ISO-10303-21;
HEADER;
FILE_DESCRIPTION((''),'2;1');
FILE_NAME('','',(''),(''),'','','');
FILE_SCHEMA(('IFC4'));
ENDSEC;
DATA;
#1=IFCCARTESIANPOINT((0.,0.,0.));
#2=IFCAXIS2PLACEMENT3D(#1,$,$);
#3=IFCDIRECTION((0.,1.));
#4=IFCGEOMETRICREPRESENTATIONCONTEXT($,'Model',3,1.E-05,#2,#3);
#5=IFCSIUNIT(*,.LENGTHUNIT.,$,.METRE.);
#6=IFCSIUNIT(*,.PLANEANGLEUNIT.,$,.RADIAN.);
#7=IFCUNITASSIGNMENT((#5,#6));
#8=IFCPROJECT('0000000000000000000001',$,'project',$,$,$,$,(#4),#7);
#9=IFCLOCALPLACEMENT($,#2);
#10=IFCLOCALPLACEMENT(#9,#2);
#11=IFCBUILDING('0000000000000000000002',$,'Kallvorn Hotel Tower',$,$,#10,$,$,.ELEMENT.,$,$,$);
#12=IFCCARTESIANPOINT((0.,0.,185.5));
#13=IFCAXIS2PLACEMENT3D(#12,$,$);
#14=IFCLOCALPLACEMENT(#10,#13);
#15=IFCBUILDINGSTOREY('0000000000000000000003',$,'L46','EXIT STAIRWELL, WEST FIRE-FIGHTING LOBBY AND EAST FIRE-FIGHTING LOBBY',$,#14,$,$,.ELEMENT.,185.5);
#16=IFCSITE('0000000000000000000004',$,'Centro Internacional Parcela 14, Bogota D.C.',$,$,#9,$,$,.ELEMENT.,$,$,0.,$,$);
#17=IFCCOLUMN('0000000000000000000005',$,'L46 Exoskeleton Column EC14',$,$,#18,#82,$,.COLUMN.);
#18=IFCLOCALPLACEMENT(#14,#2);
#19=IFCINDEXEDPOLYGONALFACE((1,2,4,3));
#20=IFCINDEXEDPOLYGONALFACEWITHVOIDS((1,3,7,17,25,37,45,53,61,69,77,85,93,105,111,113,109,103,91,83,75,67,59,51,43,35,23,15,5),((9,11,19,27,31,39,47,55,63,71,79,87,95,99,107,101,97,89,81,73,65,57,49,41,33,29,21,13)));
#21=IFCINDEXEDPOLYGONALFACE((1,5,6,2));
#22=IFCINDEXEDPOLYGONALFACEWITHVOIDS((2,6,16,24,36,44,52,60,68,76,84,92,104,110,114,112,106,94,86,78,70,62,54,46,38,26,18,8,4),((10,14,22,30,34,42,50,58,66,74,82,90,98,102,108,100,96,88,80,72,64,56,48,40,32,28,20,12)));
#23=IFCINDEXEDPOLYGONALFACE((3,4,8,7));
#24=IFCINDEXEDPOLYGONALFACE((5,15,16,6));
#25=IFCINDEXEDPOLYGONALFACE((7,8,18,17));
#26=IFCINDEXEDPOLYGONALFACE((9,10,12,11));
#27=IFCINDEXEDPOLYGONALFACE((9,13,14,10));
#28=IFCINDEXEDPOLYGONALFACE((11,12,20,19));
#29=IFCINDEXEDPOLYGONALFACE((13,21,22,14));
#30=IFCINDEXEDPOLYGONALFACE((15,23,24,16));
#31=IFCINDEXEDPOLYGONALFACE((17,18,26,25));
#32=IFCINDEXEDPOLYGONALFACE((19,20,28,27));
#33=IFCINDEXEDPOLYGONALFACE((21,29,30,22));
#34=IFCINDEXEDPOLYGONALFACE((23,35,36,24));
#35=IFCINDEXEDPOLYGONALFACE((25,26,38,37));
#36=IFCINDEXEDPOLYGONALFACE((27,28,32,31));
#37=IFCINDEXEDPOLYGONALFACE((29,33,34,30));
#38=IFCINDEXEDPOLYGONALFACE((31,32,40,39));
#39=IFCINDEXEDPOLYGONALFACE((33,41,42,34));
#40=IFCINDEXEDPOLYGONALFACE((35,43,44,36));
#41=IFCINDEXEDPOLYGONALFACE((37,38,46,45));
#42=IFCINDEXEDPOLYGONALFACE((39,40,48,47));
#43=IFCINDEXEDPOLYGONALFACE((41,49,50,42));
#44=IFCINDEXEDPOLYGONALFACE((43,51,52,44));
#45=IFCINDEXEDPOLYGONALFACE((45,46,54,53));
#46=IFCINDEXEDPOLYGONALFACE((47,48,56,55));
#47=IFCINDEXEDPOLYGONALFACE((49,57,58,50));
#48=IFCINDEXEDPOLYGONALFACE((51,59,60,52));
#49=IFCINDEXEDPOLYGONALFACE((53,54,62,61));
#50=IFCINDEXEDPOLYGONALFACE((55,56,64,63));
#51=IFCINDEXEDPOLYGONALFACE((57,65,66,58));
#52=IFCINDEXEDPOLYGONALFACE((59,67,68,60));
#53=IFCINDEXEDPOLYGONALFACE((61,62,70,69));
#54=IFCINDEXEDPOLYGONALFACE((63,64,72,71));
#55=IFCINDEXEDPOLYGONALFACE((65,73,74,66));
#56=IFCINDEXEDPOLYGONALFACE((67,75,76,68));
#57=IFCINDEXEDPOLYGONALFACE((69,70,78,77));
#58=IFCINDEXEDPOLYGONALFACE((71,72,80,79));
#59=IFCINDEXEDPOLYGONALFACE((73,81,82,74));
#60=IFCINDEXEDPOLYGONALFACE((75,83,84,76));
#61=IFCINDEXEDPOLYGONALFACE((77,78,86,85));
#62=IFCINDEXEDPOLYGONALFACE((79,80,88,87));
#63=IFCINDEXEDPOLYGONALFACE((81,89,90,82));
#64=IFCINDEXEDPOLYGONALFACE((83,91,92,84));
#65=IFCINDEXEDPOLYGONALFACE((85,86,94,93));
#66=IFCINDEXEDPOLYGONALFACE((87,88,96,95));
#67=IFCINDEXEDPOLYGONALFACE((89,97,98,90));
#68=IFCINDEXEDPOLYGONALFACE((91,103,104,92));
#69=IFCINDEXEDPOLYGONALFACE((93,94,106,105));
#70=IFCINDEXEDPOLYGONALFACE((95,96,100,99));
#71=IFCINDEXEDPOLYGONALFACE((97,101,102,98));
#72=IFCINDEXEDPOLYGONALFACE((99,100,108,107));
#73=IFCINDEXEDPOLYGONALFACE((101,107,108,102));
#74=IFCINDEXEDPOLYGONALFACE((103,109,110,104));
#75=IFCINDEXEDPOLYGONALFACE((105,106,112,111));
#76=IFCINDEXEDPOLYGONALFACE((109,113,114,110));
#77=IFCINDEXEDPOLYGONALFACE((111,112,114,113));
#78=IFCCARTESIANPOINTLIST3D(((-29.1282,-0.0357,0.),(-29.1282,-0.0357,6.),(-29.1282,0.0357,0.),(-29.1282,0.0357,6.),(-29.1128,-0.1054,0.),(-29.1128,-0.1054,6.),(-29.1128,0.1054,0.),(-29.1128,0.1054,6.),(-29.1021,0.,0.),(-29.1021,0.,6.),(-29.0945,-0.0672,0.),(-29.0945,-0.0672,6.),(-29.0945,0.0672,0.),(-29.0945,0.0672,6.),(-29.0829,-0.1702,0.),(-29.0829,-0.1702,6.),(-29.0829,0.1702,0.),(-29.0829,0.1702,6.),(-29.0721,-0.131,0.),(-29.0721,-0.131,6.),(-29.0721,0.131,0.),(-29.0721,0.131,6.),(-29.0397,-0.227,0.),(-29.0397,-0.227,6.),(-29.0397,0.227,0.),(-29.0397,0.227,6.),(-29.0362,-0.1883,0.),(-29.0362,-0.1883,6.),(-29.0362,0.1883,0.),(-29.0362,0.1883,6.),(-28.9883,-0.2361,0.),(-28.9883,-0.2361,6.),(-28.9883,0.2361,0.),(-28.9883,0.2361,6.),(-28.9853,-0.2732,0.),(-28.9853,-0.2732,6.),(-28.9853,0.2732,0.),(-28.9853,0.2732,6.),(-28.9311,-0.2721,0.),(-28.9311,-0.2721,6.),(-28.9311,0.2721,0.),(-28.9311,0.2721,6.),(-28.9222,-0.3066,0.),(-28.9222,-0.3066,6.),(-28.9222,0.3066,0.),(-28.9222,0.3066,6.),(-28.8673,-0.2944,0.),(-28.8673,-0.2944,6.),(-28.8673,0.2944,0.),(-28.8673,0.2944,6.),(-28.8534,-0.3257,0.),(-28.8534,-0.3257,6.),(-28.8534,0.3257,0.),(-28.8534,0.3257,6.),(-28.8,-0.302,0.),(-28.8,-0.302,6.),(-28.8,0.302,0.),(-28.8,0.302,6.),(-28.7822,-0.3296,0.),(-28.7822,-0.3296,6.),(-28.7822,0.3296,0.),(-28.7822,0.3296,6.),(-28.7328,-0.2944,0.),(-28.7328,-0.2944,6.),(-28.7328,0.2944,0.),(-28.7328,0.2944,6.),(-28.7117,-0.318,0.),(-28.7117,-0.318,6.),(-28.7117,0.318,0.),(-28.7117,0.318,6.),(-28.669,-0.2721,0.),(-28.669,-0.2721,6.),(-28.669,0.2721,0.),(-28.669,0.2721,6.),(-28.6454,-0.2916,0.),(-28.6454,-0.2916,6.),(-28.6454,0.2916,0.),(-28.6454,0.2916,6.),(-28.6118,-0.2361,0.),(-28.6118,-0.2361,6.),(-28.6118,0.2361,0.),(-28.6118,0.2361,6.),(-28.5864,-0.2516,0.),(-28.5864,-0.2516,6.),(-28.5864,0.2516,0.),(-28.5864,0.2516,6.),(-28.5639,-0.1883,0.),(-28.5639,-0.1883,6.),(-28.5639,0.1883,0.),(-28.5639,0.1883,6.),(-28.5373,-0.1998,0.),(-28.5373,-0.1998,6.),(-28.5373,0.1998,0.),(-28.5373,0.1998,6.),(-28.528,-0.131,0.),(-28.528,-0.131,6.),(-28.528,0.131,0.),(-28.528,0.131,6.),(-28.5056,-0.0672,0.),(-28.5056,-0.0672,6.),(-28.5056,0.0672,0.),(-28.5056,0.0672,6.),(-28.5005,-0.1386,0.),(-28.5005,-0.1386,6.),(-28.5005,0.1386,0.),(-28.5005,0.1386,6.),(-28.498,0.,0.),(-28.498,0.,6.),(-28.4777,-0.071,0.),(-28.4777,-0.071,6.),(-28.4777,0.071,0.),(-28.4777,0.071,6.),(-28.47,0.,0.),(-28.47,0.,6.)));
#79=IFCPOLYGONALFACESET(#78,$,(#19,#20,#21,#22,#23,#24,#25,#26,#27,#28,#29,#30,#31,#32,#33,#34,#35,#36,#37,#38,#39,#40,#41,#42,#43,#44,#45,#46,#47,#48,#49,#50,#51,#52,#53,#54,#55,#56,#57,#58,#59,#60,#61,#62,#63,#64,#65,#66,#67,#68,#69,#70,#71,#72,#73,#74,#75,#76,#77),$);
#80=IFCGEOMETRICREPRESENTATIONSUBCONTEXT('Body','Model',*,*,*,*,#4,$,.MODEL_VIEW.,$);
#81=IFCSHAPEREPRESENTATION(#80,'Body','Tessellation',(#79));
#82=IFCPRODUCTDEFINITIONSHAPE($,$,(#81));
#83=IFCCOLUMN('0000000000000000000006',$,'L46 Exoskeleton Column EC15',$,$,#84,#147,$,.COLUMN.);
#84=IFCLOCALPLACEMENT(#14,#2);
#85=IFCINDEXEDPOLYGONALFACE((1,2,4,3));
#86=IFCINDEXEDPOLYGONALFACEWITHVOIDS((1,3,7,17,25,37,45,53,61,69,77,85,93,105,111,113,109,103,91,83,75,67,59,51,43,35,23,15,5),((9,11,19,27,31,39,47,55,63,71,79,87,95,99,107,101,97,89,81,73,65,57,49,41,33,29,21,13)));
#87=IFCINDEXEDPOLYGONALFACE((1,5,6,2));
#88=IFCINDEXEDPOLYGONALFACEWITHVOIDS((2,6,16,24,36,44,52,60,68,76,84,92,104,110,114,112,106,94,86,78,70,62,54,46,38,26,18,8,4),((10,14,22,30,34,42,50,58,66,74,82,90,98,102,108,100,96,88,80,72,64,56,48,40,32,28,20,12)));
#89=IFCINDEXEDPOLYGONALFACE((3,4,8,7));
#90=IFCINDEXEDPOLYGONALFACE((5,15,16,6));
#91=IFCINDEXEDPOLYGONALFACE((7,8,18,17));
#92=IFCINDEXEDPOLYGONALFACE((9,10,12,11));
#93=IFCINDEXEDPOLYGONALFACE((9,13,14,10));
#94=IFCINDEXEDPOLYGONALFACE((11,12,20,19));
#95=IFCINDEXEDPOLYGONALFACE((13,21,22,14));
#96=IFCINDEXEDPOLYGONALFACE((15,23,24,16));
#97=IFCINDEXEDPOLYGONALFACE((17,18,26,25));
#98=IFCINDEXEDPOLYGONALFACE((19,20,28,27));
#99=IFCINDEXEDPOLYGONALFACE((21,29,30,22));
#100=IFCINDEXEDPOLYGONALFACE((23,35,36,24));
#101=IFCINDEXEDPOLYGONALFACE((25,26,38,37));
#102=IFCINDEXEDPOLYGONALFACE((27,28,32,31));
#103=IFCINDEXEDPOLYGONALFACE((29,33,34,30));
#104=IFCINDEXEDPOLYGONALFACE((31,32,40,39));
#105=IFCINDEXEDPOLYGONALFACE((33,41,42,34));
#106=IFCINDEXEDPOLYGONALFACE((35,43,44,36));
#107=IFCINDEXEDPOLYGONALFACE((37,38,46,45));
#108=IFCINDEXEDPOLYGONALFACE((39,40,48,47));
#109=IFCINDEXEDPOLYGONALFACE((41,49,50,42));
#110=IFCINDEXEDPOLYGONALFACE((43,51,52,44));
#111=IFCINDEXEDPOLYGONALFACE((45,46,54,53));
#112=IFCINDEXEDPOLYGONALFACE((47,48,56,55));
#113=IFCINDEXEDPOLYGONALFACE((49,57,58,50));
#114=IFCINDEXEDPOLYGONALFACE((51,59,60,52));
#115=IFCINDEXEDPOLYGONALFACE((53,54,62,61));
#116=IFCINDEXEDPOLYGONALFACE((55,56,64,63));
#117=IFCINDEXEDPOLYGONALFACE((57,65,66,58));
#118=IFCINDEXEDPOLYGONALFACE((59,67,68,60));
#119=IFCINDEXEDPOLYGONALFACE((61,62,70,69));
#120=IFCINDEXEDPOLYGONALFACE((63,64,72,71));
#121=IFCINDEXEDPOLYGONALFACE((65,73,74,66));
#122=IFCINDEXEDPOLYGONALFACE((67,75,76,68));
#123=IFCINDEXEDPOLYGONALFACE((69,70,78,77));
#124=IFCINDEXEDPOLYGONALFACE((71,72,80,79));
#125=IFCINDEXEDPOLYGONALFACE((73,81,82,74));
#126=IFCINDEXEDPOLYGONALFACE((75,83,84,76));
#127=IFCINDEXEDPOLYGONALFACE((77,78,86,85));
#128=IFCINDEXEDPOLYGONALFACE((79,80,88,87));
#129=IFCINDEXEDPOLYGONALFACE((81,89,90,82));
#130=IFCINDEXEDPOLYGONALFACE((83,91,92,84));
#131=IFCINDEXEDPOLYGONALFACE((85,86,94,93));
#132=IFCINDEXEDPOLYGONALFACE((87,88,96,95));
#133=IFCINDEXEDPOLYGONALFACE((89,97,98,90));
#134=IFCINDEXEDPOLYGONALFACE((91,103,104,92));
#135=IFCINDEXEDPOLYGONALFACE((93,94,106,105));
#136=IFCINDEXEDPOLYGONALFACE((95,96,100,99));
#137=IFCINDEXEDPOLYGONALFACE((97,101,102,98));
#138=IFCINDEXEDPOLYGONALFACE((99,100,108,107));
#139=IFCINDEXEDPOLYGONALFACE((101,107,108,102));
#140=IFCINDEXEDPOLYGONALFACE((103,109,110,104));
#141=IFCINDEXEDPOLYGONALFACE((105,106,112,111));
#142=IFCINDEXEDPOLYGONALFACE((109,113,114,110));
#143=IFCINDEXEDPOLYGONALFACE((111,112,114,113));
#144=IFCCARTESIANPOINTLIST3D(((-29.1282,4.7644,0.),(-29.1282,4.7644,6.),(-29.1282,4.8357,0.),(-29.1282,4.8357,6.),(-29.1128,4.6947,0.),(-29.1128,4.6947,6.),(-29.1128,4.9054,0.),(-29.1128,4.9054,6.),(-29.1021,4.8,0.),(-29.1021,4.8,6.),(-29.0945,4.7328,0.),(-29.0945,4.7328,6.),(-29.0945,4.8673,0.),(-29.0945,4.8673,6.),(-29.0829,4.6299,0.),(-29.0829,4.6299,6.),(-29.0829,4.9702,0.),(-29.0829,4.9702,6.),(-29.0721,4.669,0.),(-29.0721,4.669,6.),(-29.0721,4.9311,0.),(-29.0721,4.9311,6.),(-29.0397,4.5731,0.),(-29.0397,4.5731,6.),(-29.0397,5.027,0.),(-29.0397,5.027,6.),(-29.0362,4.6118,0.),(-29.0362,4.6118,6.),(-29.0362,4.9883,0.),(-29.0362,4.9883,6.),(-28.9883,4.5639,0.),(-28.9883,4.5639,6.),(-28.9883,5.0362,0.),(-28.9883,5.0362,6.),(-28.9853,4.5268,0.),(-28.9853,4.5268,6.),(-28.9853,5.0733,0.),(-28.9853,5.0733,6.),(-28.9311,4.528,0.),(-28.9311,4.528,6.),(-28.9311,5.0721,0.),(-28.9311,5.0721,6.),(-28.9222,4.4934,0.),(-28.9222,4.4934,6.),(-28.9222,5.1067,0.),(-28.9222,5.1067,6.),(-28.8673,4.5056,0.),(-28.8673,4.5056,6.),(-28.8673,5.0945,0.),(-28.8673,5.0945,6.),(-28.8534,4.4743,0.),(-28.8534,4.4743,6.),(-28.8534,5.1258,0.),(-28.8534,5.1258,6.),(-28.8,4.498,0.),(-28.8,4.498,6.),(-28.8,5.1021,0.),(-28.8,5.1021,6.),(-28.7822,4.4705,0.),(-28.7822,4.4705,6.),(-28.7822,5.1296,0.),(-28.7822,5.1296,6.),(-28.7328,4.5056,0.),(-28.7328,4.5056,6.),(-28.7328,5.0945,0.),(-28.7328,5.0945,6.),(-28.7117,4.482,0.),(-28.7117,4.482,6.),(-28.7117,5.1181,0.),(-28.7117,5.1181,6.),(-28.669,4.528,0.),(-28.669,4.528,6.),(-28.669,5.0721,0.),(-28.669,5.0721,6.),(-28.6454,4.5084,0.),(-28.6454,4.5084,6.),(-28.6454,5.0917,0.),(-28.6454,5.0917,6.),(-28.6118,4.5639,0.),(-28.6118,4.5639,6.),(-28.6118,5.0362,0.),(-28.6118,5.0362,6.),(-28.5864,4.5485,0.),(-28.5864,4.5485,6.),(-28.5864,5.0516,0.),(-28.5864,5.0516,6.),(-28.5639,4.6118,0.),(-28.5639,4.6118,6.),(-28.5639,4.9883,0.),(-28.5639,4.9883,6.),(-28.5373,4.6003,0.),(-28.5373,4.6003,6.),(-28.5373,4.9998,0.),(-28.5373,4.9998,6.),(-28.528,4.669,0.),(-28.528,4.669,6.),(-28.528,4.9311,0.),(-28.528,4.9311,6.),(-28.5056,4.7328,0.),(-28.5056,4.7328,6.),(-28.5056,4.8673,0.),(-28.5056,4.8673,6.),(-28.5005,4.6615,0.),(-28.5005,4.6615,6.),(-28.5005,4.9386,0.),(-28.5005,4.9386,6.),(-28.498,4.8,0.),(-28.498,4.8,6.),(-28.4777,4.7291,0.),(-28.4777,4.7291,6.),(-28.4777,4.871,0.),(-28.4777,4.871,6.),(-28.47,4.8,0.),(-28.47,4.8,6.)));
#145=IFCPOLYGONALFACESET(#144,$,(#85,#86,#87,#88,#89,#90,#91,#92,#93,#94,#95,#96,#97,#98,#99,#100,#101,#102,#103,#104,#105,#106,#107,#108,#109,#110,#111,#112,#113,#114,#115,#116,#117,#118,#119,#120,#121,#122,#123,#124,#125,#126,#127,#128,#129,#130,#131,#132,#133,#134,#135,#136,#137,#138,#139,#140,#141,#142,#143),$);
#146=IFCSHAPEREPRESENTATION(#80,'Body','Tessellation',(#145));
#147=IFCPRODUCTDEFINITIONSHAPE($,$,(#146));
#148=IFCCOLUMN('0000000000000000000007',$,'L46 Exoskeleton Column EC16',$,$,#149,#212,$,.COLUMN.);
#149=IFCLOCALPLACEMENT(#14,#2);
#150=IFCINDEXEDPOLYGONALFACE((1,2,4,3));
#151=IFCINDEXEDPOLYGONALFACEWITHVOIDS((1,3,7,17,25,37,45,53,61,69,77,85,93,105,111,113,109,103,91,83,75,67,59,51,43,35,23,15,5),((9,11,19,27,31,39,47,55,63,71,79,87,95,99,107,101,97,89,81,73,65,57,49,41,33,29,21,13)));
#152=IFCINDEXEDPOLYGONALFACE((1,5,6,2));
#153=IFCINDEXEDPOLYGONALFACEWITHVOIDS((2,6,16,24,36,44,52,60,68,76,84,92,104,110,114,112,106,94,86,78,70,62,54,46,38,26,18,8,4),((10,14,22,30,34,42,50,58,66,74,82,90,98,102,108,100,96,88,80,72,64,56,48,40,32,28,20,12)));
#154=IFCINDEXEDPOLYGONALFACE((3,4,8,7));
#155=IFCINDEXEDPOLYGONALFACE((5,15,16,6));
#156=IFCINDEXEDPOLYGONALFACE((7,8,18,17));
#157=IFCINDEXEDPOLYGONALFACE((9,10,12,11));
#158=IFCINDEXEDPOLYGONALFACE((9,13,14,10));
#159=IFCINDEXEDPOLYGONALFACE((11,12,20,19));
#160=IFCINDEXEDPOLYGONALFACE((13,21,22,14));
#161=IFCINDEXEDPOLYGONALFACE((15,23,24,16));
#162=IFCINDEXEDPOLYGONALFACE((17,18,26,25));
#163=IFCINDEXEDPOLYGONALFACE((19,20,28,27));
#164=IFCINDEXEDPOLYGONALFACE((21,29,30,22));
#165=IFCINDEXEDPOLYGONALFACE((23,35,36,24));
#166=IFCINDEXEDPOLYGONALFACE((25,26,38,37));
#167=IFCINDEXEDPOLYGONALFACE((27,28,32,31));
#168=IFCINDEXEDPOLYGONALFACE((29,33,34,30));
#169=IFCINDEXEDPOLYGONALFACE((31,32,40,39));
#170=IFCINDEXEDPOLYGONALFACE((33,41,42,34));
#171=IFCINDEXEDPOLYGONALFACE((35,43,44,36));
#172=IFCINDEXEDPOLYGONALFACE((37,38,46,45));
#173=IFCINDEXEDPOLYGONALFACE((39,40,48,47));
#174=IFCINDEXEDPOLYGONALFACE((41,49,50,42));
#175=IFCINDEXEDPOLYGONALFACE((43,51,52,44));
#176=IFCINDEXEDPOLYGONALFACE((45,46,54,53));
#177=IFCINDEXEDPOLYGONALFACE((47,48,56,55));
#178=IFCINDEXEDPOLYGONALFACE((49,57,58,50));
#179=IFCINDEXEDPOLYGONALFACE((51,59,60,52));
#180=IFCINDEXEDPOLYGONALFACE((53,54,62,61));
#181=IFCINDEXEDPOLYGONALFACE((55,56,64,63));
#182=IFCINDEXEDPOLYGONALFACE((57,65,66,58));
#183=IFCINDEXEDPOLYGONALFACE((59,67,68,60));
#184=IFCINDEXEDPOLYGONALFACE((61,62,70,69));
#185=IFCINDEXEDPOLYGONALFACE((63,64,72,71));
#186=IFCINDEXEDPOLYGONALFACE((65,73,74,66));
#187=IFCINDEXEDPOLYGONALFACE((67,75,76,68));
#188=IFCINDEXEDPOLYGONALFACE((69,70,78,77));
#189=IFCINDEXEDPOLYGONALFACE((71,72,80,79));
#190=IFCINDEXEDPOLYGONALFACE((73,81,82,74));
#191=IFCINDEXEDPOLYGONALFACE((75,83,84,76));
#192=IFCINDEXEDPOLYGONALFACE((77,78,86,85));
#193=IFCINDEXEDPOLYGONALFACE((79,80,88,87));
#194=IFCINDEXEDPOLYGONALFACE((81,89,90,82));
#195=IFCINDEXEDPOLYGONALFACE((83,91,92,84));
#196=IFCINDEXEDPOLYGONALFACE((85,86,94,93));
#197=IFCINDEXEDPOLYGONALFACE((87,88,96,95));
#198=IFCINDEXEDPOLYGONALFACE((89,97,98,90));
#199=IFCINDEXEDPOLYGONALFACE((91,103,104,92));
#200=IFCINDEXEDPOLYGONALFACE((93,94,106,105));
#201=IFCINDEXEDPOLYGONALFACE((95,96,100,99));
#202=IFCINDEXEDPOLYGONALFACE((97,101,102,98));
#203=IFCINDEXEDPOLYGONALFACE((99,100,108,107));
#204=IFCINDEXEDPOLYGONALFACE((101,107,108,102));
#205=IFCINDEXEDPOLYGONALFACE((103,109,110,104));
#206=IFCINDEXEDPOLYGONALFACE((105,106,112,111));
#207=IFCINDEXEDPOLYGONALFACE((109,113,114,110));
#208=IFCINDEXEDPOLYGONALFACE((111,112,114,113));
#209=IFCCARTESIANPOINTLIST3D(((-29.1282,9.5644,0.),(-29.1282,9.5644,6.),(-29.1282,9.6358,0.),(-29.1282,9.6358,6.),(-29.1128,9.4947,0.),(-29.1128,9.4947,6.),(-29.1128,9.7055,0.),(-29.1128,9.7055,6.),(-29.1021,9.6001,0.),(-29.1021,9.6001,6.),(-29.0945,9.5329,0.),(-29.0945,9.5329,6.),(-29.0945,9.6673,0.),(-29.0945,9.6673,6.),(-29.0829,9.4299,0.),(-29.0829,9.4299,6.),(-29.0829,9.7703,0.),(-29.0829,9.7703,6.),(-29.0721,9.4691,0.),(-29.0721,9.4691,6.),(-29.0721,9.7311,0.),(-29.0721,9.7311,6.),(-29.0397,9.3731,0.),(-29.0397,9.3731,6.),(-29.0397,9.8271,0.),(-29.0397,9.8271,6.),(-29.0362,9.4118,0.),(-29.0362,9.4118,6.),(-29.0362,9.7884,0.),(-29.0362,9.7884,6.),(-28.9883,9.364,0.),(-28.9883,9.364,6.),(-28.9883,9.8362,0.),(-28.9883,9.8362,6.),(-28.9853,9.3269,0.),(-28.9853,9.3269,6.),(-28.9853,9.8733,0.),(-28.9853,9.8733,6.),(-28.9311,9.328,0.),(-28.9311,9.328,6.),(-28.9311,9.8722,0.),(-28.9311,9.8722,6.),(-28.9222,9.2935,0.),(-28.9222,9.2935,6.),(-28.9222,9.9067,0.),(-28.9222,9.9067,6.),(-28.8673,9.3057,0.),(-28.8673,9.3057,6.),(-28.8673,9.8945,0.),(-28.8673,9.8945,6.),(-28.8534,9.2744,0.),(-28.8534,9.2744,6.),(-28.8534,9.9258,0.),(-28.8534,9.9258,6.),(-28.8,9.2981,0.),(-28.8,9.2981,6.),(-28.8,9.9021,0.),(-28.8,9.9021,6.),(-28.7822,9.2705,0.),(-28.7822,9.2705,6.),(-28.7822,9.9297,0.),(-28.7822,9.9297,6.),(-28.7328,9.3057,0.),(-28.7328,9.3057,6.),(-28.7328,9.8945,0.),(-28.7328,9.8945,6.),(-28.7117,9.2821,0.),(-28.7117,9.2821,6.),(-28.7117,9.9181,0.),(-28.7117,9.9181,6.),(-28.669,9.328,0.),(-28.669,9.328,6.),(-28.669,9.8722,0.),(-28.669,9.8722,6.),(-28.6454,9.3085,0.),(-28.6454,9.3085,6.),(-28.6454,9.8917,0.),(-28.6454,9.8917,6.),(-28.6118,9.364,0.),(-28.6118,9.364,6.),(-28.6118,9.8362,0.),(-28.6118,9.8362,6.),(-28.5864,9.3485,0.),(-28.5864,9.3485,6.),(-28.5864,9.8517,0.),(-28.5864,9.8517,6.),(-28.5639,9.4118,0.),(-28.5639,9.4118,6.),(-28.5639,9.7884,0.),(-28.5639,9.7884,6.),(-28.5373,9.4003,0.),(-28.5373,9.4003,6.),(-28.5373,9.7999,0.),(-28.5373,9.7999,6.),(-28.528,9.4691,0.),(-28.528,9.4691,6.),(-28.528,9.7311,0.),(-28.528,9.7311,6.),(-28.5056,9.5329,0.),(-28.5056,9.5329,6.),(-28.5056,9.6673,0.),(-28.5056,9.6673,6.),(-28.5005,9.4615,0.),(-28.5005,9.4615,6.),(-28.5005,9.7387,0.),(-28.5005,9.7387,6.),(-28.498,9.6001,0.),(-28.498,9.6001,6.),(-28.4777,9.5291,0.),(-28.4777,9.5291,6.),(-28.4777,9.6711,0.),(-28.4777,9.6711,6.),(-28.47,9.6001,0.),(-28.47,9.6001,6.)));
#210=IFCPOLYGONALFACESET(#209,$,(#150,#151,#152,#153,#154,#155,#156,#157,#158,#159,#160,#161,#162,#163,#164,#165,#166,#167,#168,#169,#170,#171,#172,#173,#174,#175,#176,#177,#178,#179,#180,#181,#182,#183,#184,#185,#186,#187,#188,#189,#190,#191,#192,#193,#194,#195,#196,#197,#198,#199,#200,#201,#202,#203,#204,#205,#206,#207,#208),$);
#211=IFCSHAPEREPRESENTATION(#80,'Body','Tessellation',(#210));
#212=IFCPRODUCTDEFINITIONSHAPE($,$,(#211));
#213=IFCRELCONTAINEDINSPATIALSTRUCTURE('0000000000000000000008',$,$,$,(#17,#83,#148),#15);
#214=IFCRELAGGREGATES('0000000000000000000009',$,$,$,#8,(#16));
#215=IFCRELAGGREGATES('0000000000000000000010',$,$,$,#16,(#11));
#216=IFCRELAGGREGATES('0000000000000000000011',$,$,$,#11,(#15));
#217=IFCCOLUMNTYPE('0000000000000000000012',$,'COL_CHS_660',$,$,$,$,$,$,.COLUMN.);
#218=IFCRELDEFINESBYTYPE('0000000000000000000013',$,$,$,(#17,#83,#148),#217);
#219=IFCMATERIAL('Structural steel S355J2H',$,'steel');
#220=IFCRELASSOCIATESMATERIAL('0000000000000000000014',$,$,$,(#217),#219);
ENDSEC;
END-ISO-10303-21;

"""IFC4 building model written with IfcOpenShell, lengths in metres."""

from ifc_helpers import new_model, si_unit, direction, frame, origin, origin_2d, place, context, subcontext, project, spatial, hollow_circle, extrude, material, material_profile, profile_set, type_object, element, save


model = new_model("IFC4")

# Units and contexts
model_context = context("Model", 3, precision=1e-05, world=origin(), true_north=direction((0.0, 1.0)))
body_context = subcontext(model_context, "Body", "Model", "MODEL_VIEW")
ifc_project = project(units=[si_unit("LENGTHUNIT", "METRE"), si_unit("PLANEANGLEUNIT", "RADIAN")], contexts=[model_context])

# Site, building, storey
site_placement = place(None, origin())
site = spatial("IfcSite", under=ifc_project, at=site_placement, Name="Centro Internacional Parcela 14, Bogota D.C.", CompositionType="ELEMENT", RefElevation=0.0)
building_placement = place(site_placement, origin())
building = spatial("IfcBuilding", under=site, at=building_placement, Name="Kallvorn Hotel Tower", CompositionType="ELEMENT")
storey_placement = place(building_placement, frame((0.0, 0.0, 185.5)))
storey = spatial("IfcBuildingStorey", under=building, at=storey_placement, Name="L46", Description="EXIT STAIRWELL, WEST FIRE-FIGHTING LOBBY AND EAST FIRE-FIGHTING LOBBY", CompositionType="ELEMENT", Elevation=185.5)

# Columns
ifc_material_1 = material(Name="Structural steel S355J2H", Category="steel")
ifc_material_profile_1 = material_profile(ifc_material_1, hollow_circle(Radius=0.3301, WallThickness=0.0281, at=origin_2d()), Name="CHS 660x28")
ifc_profile_set_1 = profile_set([ifc_material_profile_1], Name="Structural steel S355J2H")
column_type_1 = type_object("IfcColumnType", Name="COL_CHS_660", PredefinedType="COLUMN", material=ifc_profile_set_1)
for number, where, z_axis, x_axis, name in (
    (1, (-28.8, 0.0, 0.0), (0.0, 0.0, 1.0), (1.0, 0.0, 0.0), "L46 Exoskeleton Column EC14"),
    (2, (-28.8, 4.8, 0.0), (0.0, 0.0, 1.0), (1.0, 0.0, 0.0), "L46 Exoskeleton Column EC15"),
    (3, (-28.8, 9.6001, 0.0), (0.0, 0.0, 1.0), (1.0, 0.0, 0.0), "L46 Exoskeleton Column EC16"),
):
    element("IfcColumn", number, at=place(storey_placement, frame(where, z_axis=z_axis, x_axis=x_axis)), inside=storey, type_object=column_type_1, Name=name, PredefinedType="COLUMN", context=body_context, shape_type="SweptSolid", body=[
        extrude(hollow_circle(Radius=0.3301, WallThickness=0.0281, at=origin_2d()), origin(), (0.0, 0.0, 1.0), 6.0),
    ])

save(model, "model.ifc")
